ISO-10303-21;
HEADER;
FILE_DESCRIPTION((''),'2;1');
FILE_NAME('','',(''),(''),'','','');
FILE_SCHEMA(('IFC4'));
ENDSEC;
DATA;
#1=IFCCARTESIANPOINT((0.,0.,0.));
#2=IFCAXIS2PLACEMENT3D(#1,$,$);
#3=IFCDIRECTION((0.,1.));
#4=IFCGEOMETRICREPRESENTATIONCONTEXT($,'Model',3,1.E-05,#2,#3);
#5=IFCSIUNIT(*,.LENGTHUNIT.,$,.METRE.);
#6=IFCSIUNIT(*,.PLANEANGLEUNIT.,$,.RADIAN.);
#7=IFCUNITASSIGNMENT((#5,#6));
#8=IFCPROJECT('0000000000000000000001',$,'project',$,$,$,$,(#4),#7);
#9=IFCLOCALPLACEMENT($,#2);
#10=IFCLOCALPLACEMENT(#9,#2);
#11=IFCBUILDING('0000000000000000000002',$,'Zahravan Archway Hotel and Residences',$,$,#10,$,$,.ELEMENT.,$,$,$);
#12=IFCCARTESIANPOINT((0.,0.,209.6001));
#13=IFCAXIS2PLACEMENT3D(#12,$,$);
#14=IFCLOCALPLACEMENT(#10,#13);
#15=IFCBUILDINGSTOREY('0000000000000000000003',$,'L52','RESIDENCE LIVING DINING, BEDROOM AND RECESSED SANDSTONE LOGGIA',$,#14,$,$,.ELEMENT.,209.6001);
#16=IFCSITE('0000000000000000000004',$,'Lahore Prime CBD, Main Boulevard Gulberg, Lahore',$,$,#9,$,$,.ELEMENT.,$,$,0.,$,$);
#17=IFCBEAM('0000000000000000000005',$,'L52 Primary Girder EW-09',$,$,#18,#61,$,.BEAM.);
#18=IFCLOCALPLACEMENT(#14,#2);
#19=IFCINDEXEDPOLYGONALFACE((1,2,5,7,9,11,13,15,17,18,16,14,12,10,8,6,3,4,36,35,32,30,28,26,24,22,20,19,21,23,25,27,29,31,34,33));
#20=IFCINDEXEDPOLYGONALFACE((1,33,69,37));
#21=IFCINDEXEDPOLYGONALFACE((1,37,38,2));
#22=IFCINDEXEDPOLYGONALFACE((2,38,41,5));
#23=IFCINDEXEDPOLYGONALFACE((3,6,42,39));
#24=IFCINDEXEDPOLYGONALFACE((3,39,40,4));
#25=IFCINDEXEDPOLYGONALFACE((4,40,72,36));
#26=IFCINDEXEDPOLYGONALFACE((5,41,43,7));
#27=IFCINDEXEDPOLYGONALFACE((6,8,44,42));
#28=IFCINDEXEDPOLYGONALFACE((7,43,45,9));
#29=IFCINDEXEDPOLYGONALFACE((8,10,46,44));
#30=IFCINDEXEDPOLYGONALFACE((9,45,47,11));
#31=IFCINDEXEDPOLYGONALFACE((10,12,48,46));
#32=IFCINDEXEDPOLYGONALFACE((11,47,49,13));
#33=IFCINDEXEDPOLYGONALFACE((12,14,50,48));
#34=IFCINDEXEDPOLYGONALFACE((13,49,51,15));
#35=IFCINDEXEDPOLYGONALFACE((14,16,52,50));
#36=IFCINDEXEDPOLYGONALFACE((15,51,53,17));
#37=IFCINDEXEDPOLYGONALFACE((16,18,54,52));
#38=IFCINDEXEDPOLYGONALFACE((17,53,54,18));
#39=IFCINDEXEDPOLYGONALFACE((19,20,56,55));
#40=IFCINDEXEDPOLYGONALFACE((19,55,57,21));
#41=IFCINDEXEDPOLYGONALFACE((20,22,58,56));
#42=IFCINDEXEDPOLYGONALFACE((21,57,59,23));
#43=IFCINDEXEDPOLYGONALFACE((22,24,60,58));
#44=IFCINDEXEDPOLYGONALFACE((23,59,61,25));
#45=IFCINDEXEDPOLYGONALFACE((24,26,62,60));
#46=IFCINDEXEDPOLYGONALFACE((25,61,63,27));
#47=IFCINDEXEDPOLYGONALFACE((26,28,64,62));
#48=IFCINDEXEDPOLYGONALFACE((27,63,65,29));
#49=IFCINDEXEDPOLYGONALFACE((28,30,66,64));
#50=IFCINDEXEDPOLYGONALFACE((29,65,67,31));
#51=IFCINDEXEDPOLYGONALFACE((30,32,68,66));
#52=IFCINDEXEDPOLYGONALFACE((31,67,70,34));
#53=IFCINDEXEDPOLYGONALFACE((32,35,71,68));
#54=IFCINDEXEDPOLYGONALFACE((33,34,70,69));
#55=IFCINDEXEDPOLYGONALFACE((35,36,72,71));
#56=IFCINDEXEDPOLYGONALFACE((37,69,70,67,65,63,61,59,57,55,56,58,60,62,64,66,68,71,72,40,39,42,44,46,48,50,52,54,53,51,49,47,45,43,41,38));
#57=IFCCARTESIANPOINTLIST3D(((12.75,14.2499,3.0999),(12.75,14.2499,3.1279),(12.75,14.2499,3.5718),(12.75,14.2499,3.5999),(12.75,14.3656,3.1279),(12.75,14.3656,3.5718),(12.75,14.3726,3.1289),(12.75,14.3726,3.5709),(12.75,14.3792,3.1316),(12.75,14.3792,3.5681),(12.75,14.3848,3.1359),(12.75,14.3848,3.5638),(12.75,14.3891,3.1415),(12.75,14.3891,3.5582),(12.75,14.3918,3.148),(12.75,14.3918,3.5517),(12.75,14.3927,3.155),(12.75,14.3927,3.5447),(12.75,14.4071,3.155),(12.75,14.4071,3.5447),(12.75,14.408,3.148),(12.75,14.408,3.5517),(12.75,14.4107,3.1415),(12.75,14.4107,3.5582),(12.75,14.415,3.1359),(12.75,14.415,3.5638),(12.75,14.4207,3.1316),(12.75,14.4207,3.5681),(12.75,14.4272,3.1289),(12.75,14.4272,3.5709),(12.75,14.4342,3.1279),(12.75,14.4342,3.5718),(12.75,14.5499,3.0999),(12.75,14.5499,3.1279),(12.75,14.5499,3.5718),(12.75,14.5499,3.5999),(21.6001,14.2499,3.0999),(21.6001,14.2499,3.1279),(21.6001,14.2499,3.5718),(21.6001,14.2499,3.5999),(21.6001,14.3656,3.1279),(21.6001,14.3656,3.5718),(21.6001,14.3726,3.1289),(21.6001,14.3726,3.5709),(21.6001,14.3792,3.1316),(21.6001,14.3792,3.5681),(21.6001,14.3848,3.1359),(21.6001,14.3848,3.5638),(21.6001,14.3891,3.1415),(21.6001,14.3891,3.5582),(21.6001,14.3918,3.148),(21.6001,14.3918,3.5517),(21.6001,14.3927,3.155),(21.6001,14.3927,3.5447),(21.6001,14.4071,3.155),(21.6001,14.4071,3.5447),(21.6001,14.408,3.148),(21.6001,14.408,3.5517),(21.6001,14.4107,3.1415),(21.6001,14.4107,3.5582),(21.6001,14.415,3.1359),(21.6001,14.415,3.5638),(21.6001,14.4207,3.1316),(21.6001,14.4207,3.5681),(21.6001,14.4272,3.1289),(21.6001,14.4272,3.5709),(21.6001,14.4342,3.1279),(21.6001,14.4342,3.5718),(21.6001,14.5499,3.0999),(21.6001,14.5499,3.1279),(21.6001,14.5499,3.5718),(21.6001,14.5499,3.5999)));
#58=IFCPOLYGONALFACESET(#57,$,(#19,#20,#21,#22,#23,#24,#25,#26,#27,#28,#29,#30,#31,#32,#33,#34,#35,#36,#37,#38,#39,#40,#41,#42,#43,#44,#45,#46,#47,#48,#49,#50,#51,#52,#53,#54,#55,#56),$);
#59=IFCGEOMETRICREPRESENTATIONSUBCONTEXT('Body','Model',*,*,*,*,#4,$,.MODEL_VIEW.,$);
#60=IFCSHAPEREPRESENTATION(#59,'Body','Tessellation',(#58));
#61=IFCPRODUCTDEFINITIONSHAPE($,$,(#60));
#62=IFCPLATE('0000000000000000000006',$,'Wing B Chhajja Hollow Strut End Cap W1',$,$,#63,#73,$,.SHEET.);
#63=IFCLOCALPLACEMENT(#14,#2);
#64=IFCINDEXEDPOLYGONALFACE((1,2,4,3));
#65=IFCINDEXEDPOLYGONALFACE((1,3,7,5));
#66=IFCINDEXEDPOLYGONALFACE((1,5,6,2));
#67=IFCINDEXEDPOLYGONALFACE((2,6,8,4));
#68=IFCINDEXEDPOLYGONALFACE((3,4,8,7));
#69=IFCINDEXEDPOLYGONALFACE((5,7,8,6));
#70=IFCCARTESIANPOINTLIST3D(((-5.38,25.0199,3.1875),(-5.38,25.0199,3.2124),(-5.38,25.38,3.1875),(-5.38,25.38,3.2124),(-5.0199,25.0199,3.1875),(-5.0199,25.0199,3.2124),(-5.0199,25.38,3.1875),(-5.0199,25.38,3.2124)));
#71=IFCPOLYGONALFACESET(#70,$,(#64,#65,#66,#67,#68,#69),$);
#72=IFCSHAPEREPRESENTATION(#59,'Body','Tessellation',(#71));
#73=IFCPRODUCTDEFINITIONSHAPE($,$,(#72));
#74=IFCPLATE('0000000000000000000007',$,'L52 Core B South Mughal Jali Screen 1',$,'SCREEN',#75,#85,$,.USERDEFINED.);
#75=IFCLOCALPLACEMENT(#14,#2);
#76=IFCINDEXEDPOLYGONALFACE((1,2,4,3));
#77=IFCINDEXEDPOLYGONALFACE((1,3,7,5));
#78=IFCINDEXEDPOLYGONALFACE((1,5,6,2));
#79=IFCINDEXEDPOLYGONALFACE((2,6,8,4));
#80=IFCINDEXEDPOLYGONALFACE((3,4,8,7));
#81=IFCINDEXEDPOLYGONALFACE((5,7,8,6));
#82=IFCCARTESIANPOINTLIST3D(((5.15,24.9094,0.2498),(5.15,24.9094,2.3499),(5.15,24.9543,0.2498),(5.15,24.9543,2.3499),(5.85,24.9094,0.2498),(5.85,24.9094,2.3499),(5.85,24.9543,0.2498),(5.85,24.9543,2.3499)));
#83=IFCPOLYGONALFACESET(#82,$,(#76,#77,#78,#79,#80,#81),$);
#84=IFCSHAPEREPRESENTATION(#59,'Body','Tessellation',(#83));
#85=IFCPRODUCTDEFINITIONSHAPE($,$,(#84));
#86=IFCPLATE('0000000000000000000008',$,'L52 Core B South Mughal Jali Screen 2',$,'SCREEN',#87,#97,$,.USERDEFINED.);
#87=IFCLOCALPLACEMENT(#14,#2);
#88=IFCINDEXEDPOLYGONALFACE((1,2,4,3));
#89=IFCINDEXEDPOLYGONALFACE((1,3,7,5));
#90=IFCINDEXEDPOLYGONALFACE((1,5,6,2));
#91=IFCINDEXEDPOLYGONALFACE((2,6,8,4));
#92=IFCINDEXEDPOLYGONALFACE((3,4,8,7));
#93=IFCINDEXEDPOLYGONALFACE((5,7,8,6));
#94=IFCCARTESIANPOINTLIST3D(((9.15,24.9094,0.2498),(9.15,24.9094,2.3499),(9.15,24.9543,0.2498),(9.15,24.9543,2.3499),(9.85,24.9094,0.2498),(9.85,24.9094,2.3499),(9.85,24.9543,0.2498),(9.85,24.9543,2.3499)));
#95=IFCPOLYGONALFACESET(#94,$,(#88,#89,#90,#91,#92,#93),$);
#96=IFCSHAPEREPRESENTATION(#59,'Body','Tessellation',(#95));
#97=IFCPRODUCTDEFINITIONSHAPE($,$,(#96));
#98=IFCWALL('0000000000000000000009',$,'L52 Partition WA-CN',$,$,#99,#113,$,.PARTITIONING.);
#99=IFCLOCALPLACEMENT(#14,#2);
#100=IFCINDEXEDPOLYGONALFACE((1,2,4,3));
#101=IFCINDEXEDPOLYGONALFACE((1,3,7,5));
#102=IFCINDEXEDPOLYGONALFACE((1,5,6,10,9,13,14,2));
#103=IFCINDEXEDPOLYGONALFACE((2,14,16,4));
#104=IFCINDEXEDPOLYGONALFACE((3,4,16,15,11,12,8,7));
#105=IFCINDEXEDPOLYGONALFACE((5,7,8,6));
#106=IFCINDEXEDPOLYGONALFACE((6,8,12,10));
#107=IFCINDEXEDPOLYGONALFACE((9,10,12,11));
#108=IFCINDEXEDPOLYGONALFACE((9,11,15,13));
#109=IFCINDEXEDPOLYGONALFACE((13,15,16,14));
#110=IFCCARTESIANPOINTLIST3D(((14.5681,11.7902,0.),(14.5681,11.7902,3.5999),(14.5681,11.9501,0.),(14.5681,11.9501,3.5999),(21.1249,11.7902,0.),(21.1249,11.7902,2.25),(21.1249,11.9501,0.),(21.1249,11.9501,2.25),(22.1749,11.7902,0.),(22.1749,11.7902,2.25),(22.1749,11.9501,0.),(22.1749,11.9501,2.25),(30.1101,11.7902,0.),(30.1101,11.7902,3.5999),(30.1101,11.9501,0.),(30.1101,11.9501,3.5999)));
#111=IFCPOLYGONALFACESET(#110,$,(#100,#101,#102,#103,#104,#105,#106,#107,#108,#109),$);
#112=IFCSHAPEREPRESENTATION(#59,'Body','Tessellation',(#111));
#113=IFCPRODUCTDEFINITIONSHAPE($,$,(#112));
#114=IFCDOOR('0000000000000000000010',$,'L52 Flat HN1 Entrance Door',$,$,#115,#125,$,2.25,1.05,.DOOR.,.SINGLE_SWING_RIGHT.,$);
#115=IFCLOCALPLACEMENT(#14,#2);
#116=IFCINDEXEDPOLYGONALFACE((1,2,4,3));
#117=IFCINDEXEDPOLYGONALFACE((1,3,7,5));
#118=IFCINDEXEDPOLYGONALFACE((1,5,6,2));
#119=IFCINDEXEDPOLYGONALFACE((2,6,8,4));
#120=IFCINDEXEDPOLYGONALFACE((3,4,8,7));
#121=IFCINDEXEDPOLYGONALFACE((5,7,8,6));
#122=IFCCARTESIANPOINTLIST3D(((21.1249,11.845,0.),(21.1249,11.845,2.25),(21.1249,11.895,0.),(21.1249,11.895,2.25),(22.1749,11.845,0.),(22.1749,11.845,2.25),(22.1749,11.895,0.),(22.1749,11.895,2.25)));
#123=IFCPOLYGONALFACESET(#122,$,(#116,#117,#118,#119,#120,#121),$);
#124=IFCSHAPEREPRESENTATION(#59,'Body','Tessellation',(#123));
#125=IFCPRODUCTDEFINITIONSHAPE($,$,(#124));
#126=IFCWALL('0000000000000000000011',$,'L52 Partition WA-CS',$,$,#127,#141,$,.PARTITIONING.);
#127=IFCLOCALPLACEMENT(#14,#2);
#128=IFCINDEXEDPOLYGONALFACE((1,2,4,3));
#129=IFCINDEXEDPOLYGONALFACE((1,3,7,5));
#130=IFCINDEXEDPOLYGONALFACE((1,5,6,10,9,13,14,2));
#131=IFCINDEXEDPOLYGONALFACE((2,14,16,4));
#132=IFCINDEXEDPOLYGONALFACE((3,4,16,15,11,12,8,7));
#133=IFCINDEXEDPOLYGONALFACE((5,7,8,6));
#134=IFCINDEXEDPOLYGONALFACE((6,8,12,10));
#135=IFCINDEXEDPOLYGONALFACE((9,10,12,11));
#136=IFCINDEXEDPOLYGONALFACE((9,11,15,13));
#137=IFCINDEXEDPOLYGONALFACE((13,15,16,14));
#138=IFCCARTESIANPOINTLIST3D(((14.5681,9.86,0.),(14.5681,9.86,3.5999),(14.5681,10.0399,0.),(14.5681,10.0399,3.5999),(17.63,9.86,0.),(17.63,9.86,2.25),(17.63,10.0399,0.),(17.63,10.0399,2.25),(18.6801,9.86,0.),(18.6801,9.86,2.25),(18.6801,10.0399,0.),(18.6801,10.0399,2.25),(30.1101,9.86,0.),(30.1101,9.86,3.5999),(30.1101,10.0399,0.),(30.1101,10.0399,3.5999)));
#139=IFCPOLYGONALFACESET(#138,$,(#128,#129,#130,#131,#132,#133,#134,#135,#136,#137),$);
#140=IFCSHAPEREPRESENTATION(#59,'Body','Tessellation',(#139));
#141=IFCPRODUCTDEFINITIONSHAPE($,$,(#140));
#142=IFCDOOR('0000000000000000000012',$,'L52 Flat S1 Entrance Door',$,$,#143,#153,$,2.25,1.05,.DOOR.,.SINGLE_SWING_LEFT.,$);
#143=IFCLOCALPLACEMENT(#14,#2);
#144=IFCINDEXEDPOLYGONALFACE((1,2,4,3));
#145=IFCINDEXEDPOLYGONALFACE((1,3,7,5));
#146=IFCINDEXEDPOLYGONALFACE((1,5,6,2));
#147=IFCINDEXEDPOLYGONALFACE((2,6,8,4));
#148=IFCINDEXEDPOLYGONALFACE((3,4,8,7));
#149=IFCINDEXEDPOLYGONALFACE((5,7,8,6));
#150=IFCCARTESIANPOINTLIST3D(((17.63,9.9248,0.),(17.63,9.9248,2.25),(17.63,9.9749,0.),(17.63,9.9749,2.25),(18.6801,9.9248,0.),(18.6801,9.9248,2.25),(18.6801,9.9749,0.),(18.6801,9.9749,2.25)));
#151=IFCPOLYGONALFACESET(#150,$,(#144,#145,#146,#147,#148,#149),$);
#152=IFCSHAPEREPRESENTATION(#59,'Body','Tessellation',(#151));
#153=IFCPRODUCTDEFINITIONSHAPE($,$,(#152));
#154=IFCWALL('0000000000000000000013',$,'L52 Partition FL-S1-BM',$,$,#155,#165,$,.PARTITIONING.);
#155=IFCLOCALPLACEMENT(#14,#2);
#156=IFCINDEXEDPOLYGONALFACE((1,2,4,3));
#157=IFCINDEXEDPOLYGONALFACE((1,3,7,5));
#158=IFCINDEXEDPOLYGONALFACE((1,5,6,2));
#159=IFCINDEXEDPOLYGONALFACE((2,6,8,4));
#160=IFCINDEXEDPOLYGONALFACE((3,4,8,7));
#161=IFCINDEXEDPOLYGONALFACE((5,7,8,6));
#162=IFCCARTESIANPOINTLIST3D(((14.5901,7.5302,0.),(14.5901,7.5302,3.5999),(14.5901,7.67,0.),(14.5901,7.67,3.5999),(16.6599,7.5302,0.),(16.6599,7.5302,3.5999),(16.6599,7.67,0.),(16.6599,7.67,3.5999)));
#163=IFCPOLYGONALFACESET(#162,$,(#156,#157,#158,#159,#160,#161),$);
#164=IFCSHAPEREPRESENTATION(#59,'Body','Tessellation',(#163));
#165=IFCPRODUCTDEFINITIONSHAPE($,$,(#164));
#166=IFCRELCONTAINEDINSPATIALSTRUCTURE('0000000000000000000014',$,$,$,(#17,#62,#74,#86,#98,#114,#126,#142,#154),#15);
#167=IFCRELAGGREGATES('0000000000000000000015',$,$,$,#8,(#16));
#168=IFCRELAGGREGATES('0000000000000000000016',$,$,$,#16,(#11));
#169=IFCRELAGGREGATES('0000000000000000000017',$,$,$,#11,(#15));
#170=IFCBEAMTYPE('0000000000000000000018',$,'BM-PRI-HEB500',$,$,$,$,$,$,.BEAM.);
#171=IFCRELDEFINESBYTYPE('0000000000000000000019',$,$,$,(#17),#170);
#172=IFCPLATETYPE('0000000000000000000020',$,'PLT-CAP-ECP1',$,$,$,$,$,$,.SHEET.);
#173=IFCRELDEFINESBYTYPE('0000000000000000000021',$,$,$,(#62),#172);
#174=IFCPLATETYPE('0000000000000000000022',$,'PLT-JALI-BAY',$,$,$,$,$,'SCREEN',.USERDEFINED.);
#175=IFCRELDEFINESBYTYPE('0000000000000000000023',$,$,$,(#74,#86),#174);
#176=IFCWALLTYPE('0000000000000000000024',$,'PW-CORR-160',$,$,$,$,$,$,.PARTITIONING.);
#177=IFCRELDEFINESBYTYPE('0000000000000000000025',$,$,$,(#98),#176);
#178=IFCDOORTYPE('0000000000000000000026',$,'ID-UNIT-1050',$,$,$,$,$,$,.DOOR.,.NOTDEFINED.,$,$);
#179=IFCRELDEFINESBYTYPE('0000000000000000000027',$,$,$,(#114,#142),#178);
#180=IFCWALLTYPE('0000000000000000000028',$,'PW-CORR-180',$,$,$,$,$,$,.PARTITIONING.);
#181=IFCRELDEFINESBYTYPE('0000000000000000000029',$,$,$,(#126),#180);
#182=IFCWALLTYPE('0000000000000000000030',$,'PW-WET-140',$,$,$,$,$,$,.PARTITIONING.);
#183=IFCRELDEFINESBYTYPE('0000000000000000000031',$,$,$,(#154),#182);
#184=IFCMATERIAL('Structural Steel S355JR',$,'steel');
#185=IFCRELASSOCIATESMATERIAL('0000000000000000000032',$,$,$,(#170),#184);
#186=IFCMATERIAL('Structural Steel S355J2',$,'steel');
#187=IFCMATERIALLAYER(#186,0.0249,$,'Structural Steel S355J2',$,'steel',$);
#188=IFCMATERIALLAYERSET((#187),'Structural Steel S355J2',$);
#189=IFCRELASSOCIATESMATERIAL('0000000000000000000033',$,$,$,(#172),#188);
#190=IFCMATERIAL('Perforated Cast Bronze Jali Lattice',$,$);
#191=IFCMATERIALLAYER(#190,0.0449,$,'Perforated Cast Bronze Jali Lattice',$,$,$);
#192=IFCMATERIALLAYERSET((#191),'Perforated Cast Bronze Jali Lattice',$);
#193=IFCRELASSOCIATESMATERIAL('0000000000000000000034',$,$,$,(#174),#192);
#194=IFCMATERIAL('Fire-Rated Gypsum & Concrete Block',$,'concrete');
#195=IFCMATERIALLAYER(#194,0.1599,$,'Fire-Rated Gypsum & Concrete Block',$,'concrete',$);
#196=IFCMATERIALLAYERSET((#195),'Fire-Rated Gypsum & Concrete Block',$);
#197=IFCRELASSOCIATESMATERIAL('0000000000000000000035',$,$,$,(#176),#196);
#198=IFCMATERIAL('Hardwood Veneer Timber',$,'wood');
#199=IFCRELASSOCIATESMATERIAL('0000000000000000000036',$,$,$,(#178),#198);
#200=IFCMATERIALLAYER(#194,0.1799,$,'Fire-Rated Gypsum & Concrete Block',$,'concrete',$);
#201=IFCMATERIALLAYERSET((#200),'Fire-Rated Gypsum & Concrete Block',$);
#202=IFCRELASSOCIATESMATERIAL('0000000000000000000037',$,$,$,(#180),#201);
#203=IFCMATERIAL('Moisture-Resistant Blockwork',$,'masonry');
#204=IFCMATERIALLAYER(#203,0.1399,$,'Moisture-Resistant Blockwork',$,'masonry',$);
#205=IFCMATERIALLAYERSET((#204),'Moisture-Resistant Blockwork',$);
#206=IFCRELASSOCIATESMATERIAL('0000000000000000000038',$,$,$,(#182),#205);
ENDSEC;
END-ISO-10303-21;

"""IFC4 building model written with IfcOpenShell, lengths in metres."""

from ifc_helpers import new_model, si_unit, direction, frame, frame_2d, origin, origin_2d, place, context, subcontext, project, spatial, rectangle, i_section, extrude, source, transform, mapped, material, layer, layer_set, material_profile, profile_set, type_object, type_shapes, element, fill, save


model = new_model("IFC4")

# Units and contexts
model_context = context("Model", 3, precision=1e-05, world=origin(), true_north=direction((0.0, 1.0)))
body_context = subcontext(model_context, "Body", "Model", "MODEL_VIEW")
ifc_project = project(units=[si_unit("LENGTHUNIT", "METRE"), si_unit("PLANEANGLEUNIT", "RADIAN")], contexts=[model_context])

# Site, building, storey
site_placement = place(None, origin())
site = spatial("IfcSite", under=ifc_project, at=site_placement, Name="Lahore Prime CBD, Main Boulevard Gulberg, Lahore", CompositionType="ELEMENT", RefElevation=0.0)
building_placement = place(site_placement, origin())
building = spatial("IfcBuilding", under=site, at=building_placement, Name="Zahravan Archway Hotel and Residences", CompositionType="ELEMENT")
storey_placement = place(building_placement, frame((0.0, 0.0, 209.6001)))
storey = spatial("IfcBuildingStorey", under=building, at=storey_placement, Name="L52", Description="RESIDENCE LIVING DINING, BEDROOM AND RECESSED SANDSTONE LOGGIA", CompositionType="ELEMENT", Elevation=209.6001)

# Beam
ifc_material_1 = material(Name="Structural Steel S355JR", Category="steel")
ifc_material_profile_1 = material_profile(ifc_material_1, i_section(OverallWidth=0.3, OverallDepth=0.5, WebThickness=0.0144, FlangeThickness=0.0281, FilletRadius=0.0271, at=origin_2d()), Name="HEB 500", Category="steel")
ifc_profile_set_1 = profile_set([ifc_material_profile_1], Name="Structural Steel S355JR")
beam_type = type_object("IfcBeamType", Name="BM-PRI-HEB500", PredefinedType="BEAM", material=ifc_profile_set_1)
shared_shape_1 = source(origin(), body_context, "Body", "SweptSolid", [
    extrude(i_section(OverallWidth=0.3, OverallDepth=0.5, WebThickness=0.0144, FlangeThickness=0.0281, FilletRadius=0.0271, at=origin_2d()), origin(), (0.0, 0.0, 1.0), 8.8501),
])
beam_1_placement = place(storey_placement, frame((12.75, 14.3999, 3.3499), z_axis=(1.0, 0.0, 0.0), x_axis=(0.0, 1.0, 0.0)))
element("IfcBeam", 1, at=beam_1_placement, inside=storey, type_object=beam_type, Name="L52 Primary Girder EW-09", PredefinedType="BEAM", context=body_context, shape_type="MappedRepresentation", body=[
    mapped(shared_shape_1, transform((0.0, 0.0, 0.0), scale=1.0)),
])

# Plates
ifc_material_2 = material(Name="Structural Steel S355J2", Category="steel")
ifc_layer_1 = layer(ifc_material_2, 0.0249, Name="Structural Steel S355J2", Category="steel")
ifc_layer_set_1 = layer_set([ifc_layer_1], Name="Structural Steel S355J2")
plate_type_1 = type_object("IfcPlateType", Name="PLT-CAP-ECP1", PredefinedType="SHEET", material=ifc_layer_set_1)
shared_shape_2 = source(origin(), body_context, "Body", "SweptSolid", [
    extrude(rectangle(XDim=0.3601, YDim=0.3601, at=origin_2d()), origin(), (0.0, 0.0, 1.0), 0.0249),
])
type_shapes(plate_type_1, [shared_shape_2])
plate_placement = place(storey_placement, frame((-5.2, 25.2, 3.1875), z_axis=(0.0, 0.0, 1.0), x_axis=(1.0, 0.0, 0.0)))
element("IfcPlate", 2, at=plate_placement, inside=storey, type_object=plate_type_1, Name="Wing B Chhajja Hollow Strut End Cap W1", PredefinedType="SHEET", context=body_context, shape_type="MappedRepresentation", body=[
    mapped(shared_shape_2, transform((0.0, 0.0, 0.0), scale=1.0)),
])
ifc_material_3 = material(Name="Perforated Cast Bronze Jali Lattice")
ifc_layer_2 = layer(ifc_material_3, 0.0449, Name="Perforated Cast Bronze Jali Lattice")
ifc_layer_set_2 = layer_set([ifc_layer_2], Name="Perforated Cast Bronze Jali Lattice")
plate_type_2 = type_object("IfcPlateType", Name="PLT-JALI-BAY", ElementType="SCREEN", PredefinedType="USERDEFINED", material=ifc_layer_set_2)
shared_shape_3 = source(origin(), body_context, "Body", "SweptSolid", [
    extrude(rectangle(XDim=0.7, YDim=0.0449, at=origin_2d()), origin(), (0.0, 0.0, 1.0), 2.1001),
])
type_shapes(plate_type_2, [shared_shape_3])
for number, where, z_axis, x_axis, name in (
    (3, (5.5, 24.9319, 0.2498), (0.0, 0.0, 1.0), (1.0, 0.0, 0.0), "L52 Core B South Mughal Jali Screen 1"),
    (4, (9.5, 24.9319, 0.2498), (0.0, 0.0, 1.0), (1.0, 0.0, 0.0), "L52 Core B South Mughal Jali Screen 2"),
):
    element("IfcPlate", number, at=place(storey_placement, frame(where, z_axis=z_axis, x_axis=x_axis)), inside=storey, type_object=plate_type_2, Name=name, ObjectType="SCREEN", PredefinedType="USERDEFINED", context=body_context, shape_type="MappedRepresentation", body=[
        mapped(shared_shape_3, transform((0.0, 0.0, 0.0), scale=1.0)),
    ])

# Walls, openings, doors
ifc_material_4 = material(Name="Fire-Rated Gypsum & Concrete Block", Category="concrete")
ifc_layer_3 = layer(ifc_material_4, 0.1599, Name="Fire-Rated Gypsum & Concrete Block", Category="concrete")
ifc_layer_set_3 = layer_set([ifc_layer_3], Name="Fire-Rated Gypsum & Concrete Block")
wall_type_1 = type_object("IfcWallType", Name="PW-CORR-160", PredefinedType="PARTITIONING", material=ifc_layer_set_3)
wall_1_placement = place(storey_placement, frame((14.5681, 11.8701, 0.0), z_axis=(0.0, 0.0, 1.0), x_axis=(1.0, 0.0, 0.0)))
wall_1 = element("IfcWall", 5, at=wall_1_placement, inside=storey, type_object=wall_type_1, Name="L52 Partition WA-CN", PredefinedType="PARTITIONING", context=body_context, shape_type="SweptSolid", body=[
    extrude(rectangle(XDim=15.542, YDim=0.1599, at=frame_2d((7.771, 0.0))), origin(), (0.0, 0.0, 1.0), 3.5999),
])
opening_1_placement = place(wall_1_placement, frame((6.5569, 0.0, 0.0)))
opening_1 = element("IfcOpeningElement", 6, at=opening_1_placement, cuts=wall_1, PredefinedType="OPENING", context=body_context, shape_type="SweptSolid", body=[
    extrude(rectangle(XDim=1.05, YDim=2.25, at=frame_2d((0.5249, 1.125))), frame((0.0, 0.0898, 0.0), z_axis=(0.0, -1.0, 0.0), x_axis=(1.0, 0.0, 0.0)), (0.0, 0.0, 1.0), 0.1799),
])
ifc_material_5 = material(Name="Hardwood Veneer Timber", Category="wood")
door_type = type_object("IfcDoorType", Name="ID-UNIT-1050", OperationType="NOTDEFINED", PredefinedType="DOOR", material=ifc_material_5)
shared_shape_4 = source(origin(), body_context, "Body", "SweptSolid", [
    extrude(rectangle(XDim=1.05, YDim=2.25, at=frame_2d((0.5249, 1.125))), frame((0.0, 0.0249, 0.0), z_axis=(0.0, -1.0, 0.0), x_axis=(1.0, 0.0, 0.0)), (0.0, 0.0, 1.0), 0.05),
])
type_shapes(door_type, [shared_shape_4])
door_1_placement = place(opening_1_placement, origin())
door_1 = element("IfcDoor", 7, at=door_1_placement, inside=storey, type_object=door_type, Name="L52 Flat HN1 Entrance Door", OperationType="SINGLE_SWING_RIGHT", OverallHeight=2.25, OverallWidth=1.05, PredefinedType="DOOR", context=body_context, shape_type="MappedRepresentation", body=[
    mapped(shared_shape_4, transform((0.0, 0.0, 0.0), scale=1.0)),
])
fill(opening_1, door_1)
ifc_layer_4 = layer(ifc_material_4, 0.1799, Name="Fire-Rated Gypsum & Concrete Block", Category="concrete")
ifc_layer_set_4 = layer_set([ifc_layer_4], Name="Fire-Rated Gypsum & Concrete Block")
wall_type_2 = type_object("IfcWallType", Name="PW-CORR-180", PredefinedType="PARTITIONING", material=ifc_layer_set_4)
wall_2_placement = place(storey_placement, frame((14.5681, 9.95, 0.0), z_axis=(0.0, 0.0, 1.0), x_axis=(1.0, 0.0, 0.0)))
wall_2 = element("IfcWall", 8, at=wall_2_placement, inside=storey, type_object=wall_type_2, Name="L52 Partition WA-CS", PredefinedType="PARTITIONING", context=body_context, shape_type="SweptSolid", body=[
    extrude(rectangle(XDim=15.542, YDim=0.1799, at=frame_2d((7.771, 0.0))), origin(), (0.0, 0.0, 1.0), 3.5999),
])
opening_2_placement = place(wall_2_placement, frame((3.062, 0.0, 0.0)))
opening_2 = element("IfcOpeningElement", 9, at=opening_2_placement, cuts=wall_2, PredefinedType="OPENING", context=body_context, shape_type="SweptSolid", body=[
    extrude(rectangle(XDim=1.05, YDim=2.25, at=frame_2d((0.5249, 1.125))), frame((0.0, 0.1001, 0.0), z_axis=(0.0, -1.0, 0.0), x_axis=(1.0, 0.0, 0.0)), (0.0, 0.0, 1.0), 0.2),
])
door_2_placement = place(opening_2_placement, origin())
door_2 = element("IfcDoor", 10, at=door_2_placement, inside=storey, type_object=door_type, Name="L52 Flat S1 Entrance Door", OperationType="SINGLE_SWING_LEFT", OverallHeight=2.25, OverallWidth=1.05, PredefinedType="DOOR", context=body_context, shape_type="MappedRepresentation", body=[
    mapped(shared_shape_4, transform((0.0, 0.0, 0.0), scale=1.0)),
])
fill(opening_2, door_2)

# Wall
ifc_material_6 = material(Name="Moisture-Resistant Blockwork", Category="masonry")
ifc_layer_5 = layer(ifc_material_6, 0.1399, Name="Moisture-Resistant Blockwork", Category="masonry")
ifc_layer_set_5 = layer_set([ifc_layer_5], Name="Moisture-Resistant Blockwork")
wall_type_3 = type_object("IfcWallType", Name="PW-WET-140", PredefinedType="PARTITIONING", material=ifc_layer_set_5)
wall_3_placement = place(storey_placement, frame((14.5901, 7.6001, 0.0), z_axis=(0.0, 0.0, 1.0), x_axis=(1.0, 0.0, 0.0)))
element("IfcWall", 11, at=wall_3_placement, inside=storey, type_object=wall_type_3, Name="L52 Partition FL-S1-BM", PredefinedType="PARTITIONING", context=body_context, shape_type="SweptSolid", body=[
    extrude(rectangle(XDim=2.0698, YDim=0.1399, at=frame_2d((1.0349, 0.0))), origin(), (0.0, 0.0, 1.0), 3.5999),
])

save(model, "model.ifc")
